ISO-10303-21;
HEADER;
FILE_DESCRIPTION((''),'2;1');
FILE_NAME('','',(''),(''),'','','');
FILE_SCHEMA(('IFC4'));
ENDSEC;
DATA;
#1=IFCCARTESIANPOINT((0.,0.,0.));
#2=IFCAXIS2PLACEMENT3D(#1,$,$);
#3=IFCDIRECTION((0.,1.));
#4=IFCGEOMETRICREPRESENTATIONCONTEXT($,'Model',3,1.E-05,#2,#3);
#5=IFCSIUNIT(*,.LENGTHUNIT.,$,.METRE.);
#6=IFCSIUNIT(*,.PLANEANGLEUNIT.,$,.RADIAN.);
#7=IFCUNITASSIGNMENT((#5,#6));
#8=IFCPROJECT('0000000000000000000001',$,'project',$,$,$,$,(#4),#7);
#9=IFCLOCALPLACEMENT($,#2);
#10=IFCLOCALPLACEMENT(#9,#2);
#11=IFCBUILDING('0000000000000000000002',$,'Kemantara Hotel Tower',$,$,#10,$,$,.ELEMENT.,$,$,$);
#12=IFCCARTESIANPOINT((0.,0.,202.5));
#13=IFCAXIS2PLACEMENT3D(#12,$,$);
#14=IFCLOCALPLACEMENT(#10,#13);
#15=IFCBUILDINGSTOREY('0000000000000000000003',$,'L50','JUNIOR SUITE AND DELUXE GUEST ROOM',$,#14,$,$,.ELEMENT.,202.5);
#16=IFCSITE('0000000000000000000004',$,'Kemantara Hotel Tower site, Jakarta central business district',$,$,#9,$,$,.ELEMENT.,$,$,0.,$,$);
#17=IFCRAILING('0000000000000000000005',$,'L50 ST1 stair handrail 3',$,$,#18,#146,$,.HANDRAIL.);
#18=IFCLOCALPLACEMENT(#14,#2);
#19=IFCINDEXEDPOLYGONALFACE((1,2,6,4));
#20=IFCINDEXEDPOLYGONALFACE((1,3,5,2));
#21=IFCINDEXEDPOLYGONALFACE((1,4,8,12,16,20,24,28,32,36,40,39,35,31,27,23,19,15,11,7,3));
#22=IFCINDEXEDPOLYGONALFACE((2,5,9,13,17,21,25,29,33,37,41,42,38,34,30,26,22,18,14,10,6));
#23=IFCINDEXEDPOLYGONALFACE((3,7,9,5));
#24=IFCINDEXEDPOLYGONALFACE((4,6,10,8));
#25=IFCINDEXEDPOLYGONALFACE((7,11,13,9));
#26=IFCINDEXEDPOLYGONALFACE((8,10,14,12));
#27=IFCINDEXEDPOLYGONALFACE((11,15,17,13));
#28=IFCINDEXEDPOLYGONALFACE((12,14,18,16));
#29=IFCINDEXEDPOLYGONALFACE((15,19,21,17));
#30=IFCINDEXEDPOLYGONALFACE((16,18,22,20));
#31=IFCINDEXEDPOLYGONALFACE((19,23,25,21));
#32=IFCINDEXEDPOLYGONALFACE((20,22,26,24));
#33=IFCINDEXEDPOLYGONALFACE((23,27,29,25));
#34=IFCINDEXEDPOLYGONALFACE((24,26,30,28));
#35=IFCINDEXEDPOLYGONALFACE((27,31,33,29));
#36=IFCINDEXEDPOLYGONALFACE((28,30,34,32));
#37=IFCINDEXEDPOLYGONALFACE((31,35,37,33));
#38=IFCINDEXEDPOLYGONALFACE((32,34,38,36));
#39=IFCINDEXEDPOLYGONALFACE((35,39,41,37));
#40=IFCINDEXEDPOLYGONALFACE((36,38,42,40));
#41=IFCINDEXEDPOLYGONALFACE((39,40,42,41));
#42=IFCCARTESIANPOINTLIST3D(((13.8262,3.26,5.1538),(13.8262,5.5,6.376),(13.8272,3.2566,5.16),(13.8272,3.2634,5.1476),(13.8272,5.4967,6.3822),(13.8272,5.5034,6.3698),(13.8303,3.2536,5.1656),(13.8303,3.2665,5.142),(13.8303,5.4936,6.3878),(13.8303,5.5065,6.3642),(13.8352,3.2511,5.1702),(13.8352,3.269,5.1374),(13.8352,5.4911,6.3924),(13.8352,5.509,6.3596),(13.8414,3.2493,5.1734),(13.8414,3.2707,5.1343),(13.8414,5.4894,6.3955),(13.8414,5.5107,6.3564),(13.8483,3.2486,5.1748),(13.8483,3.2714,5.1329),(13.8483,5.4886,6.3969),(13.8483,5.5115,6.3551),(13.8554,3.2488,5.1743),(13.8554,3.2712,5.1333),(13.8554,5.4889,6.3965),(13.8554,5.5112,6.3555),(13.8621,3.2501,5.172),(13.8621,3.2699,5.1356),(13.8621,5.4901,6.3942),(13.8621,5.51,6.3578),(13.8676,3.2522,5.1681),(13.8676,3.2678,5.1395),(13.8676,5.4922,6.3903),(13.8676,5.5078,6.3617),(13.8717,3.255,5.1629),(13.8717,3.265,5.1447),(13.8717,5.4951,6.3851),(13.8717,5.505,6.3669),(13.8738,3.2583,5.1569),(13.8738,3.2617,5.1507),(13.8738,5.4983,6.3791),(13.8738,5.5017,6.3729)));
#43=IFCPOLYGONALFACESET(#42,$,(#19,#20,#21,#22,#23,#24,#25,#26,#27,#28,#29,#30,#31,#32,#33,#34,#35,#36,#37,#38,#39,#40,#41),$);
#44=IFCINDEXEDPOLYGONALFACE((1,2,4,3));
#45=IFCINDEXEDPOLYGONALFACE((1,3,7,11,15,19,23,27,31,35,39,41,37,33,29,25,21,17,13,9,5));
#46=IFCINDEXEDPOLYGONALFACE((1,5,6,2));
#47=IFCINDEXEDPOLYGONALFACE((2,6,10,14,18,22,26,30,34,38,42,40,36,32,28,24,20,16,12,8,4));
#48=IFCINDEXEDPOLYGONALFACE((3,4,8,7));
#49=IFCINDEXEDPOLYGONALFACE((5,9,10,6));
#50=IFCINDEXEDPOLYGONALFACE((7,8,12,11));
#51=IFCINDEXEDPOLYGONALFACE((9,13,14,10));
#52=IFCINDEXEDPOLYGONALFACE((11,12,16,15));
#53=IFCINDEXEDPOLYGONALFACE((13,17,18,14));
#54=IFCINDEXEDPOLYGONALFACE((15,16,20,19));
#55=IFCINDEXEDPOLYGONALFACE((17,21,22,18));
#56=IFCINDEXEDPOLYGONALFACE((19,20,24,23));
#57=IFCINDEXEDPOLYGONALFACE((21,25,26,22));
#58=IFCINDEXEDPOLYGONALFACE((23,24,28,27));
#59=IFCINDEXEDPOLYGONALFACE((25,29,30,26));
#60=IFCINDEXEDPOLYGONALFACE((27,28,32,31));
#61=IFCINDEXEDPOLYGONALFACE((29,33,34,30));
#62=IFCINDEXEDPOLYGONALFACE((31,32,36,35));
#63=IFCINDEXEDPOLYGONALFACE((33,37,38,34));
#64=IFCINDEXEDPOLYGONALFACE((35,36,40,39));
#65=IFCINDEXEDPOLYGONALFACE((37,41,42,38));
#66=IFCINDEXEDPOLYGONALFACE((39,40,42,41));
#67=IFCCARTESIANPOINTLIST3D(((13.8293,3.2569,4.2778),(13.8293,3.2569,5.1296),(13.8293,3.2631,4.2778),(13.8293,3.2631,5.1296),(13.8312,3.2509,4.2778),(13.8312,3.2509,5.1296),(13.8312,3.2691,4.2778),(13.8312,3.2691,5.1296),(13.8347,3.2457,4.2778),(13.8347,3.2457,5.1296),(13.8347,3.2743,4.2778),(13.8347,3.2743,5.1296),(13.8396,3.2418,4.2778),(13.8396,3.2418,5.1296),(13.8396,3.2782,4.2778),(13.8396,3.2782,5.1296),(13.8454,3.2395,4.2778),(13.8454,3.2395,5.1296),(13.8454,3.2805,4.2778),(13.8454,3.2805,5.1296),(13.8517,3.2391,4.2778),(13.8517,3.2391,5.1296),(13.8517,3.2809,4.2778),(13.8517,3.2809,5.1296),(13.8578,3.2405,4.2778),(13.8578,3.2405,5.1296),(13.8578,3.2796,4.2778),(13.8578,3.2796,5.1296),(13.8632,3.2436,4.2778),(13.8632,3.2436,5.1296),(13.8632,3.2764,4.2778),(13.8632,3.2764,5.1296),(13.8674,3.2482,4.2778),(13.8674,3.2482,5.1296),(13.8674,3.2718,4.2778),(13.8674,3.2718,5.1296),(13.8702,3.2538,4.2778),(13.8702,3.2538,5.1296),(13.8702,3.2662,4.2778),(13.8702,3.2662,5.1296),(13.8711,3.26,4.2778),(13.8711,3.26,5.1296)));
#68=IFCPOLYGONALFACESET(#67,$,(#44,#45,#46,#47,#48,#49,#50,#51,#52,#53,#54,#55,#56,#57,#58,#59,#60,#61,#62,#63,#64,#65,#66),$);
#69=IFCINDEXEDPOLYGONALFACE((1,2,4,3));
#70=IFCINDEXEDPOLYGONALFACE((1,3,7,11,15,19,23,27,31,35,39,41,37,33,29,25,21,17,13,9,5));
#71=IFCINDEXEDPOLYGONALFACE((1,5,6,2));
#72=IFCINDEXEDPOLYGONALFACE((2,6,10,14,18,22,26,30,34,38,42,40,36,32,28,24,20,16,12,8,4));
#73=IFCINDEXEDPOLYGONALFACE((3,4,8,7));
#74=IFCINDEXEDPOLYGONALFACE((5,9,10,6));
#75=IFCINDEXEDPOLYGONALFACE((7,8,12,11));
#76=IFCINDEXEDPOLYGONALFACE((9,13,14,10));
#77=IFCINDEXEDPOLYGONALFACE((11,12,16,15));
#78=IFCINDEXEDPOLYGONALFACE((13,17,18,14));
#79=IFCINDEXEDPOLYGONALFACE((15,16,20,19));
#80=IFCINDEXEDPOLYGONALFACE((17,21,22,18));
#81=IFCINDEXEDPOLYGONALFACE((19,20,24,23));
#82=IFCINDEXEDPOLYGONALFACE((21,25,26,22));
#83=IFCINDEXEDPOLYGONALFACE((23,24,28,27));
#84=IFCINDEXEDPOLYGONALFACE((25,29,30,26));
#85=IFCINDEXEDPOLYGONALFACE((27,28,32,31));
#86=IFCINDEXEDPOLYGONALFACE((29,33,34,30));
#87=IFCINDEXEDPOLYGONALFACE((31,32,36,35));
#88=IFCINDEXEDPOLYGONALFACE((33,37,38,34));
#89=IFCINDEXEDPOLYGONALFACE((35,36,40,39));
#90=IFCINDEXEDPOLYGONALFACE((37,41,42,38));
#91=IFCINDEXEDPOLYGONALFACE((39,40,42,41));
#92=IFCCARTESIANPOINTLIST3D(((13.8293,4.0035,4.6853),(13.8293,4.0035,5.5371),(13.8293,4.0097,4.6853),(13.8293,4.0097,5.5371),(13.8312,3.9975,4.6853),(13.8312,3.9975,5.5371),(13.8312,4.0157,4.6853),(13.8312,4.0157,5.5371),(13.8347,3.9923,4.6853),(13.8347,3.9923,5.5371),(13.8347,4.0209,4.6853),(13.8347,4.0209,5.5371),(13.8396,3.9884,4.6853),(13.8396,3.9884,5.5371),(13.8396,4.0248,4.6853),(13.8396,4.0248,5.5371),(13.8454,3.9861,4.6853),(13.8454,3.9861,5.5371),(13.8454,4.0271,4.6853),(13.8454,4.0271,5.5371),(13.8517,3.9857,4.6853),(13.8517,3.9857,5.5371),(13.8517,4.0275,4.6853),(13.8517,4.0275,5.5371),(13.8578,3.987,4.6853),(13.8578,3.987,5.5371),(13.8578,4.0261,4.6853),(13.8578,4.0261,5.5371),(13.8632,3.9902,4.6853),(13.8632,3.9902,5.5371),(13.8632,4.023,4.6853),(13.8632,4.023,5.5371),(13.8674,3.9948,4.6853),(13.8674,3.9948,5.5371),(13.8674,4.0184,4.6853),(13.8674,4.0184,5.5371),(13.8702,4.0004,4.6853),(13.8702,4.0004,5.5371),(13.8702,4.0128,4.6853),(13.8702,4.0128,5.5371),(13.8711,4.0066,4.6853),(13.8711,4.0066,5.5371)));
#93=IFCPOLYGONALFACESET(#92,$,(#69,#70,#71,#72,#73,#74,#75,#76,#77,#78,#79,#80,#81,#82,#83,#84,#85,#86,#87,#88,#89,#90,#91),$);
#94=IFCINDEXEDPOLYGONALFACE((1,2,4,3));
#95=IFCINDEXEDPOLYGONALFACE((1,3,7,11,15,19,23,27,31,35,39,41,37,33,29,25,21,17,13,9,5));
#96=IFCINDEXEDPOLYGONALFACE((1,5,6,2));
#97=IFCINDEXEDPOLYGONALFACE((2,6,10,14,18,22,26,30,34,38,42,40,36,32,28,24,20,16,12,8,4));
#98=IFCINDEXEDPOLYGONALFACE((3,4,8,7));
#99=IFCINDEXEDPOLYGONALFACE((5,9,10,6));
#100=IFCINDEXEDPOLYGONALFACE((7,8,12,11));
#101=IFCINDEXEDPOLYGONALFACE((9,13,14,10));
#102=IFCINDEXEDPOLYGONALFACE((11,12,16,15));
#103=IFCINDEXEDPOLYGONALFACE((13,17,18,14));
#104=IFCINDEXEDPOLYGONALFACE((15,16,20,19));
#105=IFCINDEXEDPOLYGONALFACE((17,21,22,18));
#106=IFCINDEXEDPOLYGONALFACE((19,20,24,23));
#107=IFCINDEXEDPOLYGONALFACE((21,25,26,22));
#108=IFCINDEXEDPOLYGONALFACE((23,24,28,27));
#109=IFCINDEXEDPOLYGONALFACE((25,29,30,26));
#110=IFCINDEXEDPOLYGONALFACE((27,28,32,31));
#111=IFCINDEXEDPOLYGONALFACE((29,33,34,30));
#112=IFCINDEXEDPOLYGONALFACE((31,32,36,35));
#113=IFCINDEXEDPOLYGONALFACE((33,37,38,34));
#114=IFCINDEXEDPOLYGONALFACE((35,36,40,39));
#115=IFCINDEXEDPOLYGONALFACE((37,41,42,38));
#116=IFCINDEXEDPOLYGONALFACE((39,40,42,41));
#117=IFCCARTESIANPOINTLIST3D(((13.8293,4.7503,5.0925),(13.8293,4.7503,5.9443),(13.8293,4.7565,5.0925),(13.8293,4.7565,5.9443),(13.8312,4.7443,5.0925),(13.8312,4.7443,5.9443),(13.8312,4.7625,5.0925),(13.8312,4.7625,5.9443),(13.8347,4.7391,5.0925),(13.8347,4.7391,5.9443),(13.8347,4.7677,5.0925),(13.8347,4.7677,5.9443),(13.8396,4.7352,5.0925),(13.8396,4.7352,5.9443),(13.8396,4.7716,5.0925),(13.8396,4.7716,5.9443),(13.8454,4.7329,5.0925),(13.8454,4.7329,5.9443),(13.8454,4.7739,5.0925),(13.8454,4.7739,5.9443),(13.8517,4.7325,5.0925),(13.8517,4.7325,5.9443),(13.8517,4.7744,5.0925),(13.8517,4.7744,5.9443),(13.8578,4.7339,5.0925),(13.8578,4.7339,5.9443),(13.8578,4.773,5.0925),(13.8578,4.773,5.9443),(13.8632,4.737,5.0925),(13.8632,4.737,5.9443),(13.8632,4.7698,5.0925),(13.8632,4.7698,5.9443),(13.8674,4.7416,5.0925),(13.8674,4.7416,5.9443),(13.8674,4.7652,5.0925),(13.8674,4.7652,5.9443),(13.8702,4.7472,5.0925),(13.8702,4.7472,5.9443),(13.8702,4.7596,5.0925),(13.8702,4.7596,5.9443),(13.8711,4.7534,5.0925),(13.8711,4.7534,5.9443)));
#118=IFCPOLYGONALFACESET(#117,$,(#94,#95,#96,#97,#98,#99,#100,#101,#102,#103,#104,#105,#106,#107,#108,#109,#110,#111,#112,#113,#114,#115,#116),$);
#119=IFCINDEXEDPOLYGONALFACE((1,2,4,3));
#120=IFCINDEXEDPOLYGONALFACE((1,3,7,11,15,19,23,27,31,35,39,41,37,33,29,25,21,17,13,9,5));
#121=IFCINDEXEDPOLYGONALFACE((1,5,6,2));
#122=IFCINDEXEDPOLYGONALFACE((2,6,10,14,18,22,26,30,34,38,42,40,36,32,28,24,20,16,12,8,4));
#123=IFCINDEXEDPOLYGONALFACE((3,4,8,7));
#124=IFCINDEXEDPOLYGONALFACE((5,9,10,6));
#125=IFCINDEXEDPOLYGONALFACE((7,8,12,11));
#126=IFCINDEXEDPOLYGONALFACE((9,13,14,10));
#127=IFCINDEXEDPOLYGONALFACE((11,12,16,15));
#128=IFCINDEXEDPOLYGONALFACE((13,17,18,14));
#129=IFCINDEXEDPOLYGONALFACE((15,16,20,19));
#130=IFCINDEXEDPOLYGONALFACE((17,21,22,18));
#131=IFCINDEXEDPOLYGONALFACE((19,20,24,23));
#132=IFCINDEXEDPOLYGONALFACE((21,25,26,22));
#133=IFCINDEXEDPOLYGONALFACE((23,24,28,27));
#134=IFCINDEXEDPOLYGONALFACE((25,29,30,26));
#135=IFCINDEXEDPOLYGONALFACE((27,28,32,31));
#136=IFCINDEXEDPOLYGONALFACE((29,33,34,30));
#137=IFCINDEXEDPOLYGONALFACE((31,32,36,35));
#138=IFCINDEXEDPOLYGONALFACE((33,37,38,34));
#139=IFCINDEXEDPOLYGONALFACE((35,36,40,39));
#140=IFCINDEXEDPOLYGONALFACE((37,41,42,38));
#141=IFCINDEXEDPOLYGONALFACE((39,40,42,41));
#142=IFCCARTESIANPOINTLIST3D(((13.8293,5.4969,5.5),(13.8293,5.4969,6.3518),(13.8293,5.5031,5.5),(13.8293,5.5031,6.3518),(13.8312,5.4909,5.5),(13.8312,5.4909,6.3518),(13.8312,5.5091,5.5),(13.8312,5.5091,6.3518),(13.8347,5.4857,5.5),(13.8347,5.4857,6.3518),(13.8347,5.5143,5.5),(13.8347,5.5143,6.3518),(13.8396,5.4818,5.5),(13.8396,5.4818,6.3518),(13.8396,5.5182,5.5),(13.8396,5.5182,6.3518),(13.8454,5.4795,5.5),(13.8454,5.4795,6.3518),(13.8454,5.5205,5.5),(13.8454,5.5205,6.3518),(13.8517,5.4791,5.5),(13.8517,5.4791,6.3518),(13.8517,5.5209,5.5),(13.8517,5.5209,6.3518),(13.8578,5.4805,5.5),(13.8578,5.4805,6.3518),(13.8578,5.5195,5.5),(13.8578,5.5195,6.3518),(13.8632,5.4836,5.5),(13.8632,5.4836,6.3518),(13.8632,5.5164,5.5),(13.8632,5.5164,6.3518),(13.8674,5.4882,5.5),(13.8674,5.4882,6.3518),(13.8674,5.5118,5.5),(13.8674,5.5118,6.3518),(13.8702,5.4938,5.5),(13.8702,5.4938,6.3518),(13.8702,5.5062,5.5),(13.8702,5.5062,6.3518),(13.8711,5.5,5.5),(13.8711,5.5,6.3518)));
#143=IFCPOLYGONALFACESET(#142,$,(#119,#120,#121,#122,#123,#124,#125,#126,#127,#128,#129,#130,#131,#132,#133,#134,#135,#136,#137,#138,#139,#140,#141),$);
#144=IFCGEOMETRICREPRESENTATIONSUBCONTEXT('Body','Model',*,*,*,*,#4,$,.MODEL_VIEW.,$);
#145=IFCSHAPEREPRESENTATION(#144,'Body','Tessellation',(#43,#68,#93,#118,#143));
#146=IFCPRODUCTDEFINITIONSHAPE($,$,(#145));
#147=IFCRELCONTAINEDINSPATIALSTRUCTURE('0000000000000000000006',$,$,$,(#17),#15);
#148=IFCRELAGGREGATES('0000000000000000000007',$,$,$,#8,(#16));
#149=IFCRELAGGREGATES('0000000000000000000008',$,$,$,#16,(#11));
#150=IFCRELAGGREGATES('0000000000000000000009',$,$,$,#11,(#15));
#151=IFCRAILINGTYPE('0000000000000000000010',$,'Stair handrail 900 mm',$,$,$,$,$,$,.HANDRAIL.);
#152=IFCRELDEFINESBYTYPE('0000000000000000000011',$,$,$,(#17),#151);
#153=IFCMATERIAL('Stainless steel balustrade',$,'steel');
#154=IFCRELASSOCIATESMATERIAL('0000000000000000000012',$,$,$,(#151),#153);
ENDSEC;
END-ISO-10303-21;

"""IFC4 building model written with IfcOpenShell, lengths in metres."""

from ifc_helpers import new_model, si_unit, direction, frame, origin, origin_2d, place, context, subcontext, project, spatial, circle, extrude, material, type_object, element, save


model = new_model("IFC4")

# Units and contexts
model_context = context("Model", 3, precision=1e-05, world=origin(), true_north=direction((0.0, 1.0)))
body_context = subcontext(model_context, "Body", "Model", "MODEL_VIEW")
ifc_project = project(units=[si_unit("LENGTHUNIT", "METRE"), si_unit("PLANEANGLEUNIT", "RADIAN")], contexts=[model_context])

# Site, building, storey
site_placement = place(None, origin())
site = spatial("IfcSite", under=ifc_project, at=site_placement, Name="Kemantara Hotel Tower site, Jakarta central business district", CompositionType="ELEMENT", RefElevation=0.0)
building_placement = place(site_placement, origin())
building = spatial("IfcBuilding", under=site, at=building_placement, Name="Kemantara Hotel Tower", CompositionType="ELEMENT")
storey_placement = place(building_placement, frame((0.0, 0.0, 202.5)))
storey = spatial("IfcBuildingStorey", under=building, at=storey_placement, Name="L50", Description="JUNIOR SUITE AND DELUXE GUEST ROOM", CompositionType="ELEMENT", Elevation=202.5)

# Railing
ifc_material = material(Name="Stainless steel balustrade", Category="steel")
railing_type = type_object("IfcRailingType", Name="Stair handrail 900 mm", PredefinedType="HANDRAIL", material=ifc_material)
railing_1_placement = place(storey_placement, frame((13.8501, 3.26, 4.2778)))
element("IfcRailing", 1, at=railing_1_placement, inside=storey, type_object=railing_type, Name="L50 ST1 stair handrail 3", PredefinedType="HANDRAIL", context=body_context, shape_type="SweptSolid", body=[
    extrude(circle(Radius=0.0239, at=origin_2d()), frame((0.0, 0.0, 0.876), z_axis=(0.0, 0.877837, 0.478959), x_axis=(-1.0, 0.0, 0.0)), (0.0, 0.0, 1.0), 2.5518),
    extrude(circle(Radius=0.021, at=origin_2d()), origin(), (0.0, 0.0, 1.0), 0.8518),
    extrude(circle(Radius=0.021, at=origin_2d()), frame((0.0, 0.7466, 0.4075)), (0.0, 0.0, 1.0), 0.8518),
    extrude(circle(Radius=0.021, at=origin_2d()), frame((0.0, 1.4934, 0.8147)), (0.0, 0.0, 1.0), 0.8518),
    extrude(circle(Radius=0.021, at=origin_2d()), frame((0.0, 2.24, 1.2222)), (0.0, 0.0, 1.0), 0.8518),
])

save(model, "model.ifc")
